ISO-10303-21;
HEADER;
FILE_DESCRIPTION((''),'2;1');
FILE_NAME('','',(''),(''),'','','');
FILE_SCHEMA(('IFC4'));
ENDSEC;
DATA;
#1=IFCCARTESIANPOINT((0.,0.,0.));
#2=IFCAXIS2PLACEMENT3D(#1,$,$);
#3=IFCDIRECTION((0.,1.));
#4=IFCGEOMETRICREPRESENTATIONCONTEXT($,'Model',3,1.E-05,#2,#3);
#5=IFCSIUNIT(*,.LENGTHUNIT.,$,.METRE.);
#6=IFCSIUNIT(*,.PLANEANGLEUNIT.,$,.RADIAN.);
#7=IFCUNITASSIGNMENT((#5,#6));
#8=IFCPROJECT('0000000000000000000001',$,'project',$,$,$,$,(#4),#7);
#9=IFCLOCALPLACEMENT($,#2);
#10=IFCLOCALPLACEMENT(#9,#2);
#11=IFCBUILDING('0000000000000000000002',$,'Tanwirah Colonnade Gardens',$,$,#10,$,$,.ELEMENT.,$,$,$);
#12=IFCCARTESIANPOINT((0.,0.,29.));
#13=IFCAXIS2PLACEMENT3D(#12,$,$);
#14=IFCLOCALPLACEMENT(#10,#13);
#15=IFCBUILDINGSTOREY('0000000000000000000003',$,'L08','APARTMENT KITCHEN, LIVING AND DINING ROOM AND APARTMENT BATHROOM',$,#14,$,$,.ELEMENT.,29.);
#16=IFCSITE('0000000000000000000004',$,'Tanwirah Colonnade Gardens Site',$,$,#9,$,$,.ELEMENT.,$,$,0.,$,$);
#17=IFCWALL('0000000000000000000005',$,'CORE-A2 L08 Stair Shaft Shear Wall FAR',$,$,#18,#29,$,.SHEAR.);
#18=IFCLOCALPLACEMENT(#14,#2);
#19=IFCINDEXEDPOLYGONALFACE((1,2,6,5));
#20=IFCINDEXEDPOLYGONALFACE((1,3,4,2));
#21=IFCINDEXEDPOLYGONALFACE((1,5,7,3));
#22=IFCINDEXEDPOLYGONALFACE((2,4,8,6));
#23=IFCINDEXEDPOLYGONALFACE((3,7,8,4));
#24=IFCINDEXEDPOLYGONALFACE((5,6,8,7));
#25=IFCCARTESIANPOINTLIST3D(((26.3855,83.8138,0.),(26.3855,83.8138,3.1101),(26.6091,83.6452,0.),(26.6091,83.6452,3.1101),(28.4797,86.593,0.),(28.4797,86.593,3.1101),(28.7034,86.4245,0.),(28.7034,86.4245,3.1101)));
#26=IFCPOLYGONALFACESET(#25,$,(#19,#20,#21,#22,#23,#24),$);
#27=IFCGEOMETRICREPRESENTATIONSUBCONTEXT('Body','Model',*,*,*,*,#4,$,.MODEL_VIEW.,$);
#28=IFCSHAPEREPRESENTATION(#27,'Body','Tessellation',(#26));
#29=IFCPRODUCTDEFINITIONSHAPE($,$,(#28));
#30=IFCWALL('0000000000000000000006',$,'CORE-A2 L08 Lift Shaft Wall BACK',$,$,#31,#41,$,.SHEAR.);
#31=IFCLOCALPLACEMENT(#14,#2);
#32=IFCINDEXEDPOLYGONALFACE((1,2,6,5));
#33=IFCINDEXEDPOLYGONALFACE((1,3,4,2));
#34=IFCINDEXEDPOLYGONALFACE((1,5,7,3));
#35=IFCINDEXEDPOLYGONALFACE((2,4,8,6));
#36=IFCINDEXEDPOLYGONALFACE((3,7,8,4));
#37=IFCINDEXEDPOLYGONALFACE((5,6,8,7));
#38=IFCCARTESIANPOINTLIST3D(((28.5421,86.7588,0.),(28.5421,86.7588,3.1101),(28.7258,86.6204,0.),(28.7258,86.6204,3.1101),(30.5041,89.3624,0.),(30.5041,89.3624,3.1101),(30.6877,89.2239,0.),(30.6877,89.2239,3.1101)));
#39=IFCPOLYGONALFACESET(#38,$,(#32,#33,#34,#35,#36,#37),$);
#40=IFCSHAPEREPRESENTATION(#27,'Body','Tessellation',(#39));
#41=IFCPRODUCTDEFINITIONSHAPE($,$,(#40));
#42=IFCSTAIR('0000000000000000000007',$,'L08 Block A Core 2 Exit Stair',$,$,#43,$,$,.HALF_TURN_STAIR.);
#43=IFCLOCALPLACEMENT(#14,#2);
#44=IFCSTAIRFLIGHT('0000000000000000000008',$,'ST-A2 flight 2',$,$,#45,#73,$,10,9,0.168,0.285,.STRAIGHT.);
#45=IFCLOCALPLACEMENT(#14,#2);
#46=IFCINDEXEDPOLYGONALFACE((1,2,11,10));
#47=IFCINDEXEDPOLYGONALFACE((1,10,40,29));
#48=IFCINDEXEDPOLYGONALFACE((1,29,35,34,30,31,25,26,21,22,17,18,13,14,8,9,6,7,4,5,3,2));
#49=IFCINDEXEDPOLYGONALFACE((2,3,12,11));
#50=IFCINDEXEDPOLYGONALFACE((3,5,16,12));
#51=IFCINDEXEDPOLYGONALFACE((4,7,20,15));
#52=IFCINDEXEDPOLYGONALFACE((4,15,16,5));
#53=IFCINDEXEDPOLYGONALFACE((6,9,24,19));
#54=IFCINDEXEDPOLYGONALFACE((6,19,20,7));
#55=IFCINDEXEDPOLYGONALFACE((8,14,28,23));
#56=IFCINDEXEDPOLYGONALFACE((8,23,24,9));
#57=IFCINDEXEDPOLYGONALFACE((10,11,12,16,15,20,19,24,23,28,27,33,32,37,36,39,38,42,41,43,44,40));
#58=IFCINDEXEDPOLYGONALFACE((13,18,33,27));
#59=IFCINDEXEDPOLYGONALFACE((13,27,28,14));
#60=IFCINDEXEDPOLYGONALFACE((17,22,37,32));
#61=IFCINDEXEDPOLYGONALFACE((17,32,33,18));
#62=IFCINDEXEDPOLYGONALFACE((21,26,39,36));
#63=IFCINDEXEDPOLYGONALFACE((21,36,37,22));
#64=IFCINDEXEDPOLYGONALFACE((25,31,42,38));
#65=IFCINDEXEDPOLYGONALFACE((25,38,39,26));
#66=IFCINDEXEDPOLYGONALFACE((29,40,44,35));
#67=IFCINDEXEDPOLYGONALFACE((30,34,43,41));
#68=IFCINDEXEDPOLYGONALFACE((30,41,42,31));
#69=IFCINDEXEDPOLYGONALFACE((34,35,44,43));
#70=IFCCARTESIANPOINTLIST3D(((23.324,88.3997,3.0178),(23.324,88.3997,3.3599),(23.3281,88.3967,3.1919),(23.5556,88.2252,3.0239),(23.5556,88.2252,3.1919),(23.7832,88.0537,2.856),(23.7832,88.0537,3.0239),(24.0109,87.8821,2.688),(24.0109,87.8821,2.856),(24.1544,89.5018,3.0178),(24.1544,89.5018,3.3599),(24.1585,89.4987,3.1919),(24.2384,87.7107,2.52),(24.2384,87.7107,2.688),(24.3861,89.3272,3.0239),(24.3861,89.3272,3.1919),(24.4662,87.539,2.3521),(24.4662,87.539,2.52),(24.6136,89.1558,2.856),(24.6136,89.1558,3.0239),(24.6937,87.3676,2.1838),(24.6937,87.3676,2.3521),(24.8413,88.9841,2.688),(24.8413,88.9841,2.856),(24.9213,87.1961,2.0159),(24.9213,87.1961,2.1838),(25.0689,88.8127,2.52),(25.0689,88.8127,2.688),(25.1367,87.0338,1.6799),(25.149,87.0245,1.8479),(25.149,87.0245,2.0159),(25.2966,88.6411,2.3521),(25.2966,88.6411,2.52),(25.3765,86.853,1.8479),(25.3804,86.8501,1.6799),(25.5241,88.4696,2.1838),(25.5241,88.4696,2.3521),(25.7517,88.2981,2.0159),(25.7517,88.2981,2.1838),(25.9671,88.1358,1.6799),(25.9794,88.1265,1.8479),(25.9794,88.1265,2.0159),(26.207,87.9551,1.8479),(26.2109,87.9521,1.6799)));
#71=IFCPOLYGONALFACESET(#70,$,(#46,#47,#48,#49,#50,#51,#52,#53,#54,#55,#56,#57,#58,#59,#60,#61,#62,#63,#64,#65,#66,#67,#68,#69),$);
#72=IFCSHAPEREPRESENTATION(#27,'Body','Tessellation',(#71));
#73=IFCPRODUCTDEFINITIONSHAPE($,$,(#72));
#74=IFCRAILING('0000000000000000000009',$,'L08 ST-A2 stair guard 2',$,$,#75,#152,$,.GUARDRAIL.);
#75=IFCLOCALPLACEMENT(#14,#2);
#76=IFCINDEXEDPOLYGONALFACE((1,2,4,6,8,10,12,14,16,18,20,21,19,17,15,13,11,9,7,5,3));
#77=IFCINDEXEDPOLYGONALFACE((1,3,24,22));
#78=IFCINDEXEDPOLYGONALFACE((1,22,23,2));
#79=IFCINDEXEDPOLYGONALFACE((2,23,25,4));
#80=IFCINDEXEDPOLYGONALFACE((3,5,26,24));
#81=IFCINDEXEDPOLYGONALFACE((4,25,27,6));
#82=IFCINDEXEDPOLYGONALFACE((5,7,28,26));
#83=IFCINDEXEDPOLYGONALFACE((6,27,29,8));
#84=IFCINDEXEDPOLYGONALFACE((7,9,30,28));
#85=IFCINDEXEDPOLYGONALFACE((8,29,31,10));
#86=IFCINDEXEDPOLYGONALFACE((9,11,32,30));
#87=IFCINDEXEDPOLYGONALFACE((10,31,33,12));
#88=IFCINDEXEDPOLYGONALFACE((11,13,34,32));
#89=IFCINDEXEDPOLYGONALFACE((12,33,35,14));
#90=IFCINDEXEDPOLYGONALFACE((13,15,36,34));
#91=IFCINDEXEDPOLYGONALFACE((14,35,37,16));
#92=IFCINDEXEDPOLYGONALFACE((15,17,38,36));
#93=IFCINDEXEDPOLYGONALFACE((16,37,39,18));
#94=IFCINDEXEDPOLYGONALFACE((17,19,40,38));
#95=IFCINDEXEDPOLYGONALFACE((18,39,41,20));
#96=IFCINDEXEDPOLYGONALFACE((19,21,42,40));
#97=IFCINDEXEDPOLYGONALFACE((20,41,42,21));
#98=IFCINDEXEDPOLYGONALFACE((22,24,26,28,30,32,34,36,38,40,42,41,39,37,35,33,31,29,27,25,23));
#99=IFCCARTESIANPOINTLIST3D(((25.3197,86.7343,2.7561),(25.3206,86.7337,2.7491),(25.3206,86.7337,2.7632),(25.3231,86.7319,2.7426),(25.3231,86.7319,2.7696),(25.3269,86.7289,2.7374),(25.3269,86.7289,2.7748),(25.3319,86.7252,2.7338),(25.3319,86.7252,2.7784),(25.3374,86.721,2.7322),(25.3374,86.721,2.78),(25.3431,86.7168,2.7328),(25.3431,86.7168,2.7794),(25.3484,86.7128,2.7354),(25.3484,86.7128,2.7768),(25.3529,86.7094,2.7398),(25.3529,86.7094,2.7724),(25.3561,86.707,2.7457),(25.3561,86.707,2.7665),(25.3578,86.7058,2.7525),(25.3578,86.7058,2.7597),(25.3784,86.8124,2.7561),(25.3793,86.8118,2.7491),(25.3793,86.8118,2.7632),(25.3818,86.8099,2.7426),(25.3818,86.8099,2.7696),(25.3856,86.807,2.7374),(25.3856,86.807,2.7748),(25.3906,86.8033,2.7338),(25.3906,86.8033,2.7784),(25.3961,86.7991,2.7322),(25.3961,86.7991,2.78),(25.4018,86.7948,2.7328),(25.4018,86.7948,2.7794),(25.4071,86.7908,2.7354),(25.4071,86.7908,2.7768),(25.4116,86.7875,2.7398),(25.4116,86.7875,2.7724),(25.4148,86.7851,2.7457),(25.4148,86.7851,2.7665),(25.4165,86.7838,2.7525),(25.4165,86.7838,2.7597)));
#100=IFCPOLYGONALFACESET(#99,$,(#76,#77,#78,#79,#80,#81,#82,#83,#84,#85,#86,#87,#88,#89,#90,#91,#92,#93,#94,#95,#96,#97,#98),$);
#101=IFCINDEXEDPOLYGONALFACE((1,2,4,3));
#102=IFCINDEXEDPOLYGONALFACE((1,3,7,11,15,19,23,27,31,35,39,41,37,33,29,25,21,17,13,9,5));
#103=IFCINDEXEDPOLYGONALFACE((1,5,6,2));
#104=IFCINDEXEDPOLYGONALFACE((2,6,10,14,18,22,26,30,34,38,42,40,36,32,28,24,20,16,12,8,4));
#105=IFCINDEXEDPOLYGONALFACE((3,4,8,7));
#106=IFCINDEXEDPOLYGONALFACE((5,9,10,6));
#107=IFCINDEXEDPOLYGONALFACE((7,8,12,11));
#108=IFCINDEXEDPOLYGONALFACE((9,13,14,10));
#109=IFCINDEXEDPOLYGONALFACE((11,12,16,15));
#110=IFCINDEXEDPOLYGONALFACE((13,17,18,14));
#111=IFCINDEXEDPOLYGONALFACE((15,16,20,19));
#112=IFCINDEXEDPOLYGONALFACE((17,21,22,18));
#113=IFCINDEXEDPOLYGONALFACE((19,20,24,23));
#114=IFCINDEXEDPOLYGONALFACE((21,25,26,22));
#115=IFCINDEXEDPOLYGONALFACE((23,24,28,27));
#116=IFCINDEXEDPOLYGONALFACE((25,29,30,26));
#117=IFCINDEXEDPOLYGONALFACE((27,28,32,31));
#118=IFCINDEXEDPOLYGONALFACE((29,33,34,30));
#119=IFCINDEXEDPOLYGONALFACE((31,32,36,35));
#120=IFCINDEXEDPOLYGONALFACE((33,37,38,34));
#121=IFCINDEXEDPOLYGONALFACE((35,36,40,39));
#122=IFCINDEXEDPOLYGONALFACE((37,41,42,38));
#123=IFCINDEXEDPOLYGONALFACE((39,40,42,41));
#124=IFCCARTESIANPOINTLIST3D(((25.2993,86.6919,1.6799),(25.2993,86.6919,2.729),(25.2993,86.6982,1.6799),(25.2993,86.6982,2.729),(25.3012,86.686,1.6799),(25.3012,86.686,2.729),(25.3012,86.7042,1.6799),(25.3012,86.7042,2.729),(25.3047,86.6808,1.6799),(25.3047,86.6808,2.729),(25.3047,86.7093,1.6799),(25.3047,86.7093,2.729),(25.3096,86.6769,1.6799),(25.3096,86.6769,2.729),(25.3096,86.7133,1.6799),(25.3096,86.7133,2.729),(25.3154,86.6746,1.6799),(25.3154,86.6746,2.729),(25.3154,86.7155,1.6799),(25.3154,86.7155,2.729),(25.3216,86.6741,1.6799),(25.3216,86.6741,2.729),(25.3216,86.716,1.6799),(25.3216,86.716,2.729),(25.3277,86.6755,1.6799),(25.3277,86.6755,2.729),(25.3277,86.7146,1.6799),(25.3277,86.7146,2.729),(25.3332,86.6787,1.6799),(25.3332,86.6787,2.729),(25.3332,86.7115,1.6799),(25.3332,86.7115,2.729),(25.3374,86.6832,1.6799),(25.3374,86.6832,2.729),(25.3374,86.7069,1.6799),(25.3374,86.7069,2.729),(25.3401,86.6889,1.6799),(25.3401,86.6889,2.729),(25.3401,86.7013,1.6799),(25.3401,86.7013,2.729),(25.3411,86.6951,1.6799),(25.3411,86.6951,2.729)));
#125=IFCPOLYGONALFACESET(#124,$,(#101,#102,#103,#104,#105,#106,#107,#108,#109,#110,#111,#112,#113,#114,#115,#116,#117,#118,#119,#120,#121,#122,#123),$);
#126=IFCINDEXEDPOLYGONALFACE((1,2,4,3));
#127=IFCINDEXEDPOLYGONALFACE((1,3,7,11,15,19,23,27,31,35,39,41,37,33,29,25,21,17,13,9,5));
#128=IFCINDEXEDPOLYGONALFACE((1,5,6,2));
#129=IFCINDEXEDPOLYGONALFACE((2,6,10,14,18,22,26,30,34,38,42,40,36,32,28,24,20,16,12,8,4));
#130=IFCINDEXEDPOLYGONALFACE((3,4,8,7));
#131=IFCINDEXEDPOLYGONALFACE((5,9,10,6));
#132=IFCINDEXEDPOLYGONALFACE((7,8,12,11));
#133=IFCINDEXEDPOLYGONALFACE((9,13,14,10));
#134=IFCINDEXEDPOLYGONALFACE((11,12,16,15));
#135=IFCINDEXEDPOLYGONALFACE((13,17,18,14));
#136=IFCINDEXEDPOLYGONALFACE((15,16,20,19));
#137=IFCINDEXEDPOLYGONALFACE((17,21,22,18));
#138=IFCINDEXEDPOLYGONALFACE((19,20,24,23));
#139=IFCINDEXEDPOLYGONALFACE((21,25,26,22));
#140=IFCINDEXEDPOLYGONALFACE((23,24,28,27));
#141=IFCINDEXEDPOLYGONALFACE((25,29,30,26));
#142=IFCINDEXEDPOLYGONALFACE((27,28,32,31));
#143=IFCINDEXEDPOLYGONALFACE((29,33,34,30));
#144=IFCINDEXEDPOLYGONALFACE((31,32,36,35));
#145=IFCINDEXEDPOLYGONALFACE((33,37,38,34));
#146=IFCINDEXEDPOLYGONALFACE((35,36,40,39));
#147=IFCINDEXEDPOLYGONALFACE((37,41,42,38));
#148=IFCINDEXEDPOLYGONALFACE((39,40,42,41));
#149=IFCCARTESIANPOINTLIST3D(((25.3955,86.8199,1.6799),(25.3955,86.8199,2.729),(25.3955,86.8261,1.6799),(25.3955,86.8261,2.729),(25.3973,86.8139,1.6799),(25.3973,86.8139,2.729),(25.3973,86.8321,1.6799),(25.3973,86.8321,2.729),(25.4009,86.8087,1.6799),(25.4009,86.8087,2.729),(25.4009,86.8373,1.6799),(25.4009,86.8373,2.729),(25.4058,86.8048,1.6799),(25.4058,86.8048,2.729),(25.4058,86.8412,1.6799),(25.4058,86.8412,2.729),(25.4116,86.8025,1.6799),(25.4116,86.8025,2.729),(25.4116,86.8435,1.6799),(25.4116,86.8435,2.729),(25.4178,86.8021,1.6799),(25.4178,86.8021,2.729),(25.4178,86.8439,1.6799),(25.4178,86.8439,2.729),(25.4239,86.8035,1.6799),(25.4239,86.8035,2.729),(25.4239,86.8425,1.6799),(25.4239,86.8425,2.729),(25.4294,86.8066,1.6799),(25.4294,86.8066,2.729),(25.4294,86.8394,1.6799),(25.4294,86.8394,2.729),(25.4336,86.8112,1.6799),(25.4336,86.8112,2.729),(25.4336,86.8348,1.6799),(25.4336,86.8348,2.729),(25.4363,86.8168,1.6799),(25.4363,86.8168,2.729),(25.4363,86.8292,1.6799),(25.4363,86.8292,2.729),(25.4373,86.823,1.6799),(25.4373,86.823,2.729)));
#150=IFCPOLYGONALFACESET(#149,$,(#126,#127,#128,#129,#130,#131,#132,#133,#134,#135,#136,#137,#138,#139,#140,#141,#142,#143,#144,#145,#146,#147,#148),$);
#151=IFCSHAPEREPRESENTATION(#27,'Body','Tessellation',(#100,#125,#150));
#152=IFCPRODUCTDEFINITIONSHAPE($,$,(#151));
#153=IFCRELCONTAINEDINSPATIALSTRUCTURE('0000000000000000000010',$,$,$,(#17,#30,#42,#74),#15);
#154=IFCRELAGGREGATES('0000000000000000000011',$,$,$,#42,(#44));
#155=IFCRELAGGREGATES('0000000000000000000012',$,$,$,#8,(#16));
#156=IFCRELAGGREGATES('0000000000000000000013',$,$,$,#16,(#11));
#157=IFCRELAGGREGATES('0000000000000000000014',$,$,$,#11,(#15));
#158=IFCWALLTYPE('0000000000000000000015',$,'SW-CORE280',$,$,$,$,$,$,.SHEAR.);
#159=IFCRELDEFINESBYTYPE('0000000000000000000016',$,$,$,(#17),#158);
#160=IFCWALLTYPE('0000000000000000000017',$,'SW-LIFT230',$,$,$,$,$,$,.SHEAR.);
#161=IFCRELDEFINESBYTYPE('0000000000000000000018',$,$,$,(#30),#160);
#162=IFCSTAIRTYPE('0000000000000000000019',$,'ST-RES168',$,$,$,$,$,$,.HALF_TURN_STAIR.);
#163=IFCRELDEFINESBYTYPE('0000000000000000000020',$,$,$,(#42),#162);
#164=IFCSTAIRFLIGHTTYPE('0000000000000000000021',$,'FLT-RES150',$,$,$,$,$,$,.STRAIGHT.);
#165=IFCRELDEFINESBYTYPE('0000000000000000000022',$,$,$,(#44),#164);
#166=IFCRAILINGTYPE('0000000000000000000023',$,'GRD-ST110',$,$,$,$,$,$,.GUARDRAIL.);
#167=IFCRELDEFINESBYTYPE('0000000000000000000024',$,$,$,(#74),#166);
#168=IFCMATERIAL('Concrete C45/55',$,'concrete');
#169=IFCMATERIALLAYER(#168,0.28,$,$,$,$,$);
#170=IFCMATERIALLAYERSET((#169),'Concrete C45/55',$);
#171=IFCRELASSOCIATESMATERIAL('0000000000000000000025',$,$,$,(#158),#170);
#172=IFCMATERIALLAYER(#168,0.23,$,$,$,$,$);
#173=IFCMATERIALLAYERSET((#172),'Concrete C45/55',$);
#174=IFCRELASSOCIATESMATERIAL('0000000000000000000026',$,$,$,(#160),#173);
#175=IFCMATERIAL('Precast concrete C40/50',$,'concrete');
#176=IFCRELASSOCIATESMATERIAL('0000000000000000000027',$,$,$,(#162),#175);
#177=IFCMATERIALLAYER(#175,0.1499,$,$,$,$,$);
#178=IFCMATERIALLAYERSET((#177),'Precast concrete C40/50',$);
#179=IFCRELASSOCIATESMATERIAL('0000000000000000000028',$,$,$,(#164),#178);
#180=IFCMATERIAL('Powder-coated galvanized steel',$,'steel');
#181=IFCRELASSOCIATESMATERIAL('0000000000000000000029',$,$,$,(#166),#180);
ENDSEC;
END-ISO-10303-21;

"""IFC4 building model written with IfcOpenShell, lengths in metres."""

from ifc_helpers import new_model, si_unit, direction, frame, frame_2d, origin, origin_2d, place, context, subcontext, project, spatial, polyline, rectangle, circle, outline, extrude, material, layer, layer_set, type_object, element, aggregate, save


model = new_model("IFC4")

# Units and contexts
model_context = context("Model", 3, precision=1e-05, world=origin(), true_north=direction((0.0, 1.0)))
body_context = subcontext(model_context, "Body", "Model", "MODEL_VIEW")
ifc_project = project(units=[si_unit("LENGTHUNIT", "METRE"), si_unit("PLANEANGLEUNIT", "RADIAN")], contexts=[model_context])

# Site, building, storey
site_placement = place(None, origin())
site = spatial("IfcSite", under=ifc_project, at=site_placement, Name="Tanwirah Colonnade Gardens Site", CompositionType="ELEMENT", RefElevation=0.0)
building_placement = place(site_placement, origin())
building = spatial("IfcBuilding", under=site, at=building_placement, Name="Tanwirah Colonnade Gardens", CompositionType="ELEMENT")
storey_placement = place(building_placement, frame((0.0, 0.0, 29.0)))
storey = spatial("IfcBuildingStorey", under=building, at=storey_placement, Name="L08", Description="APARTMENT KITCHEN, LIVING AND DINING ROOM AND APARTMENT BATHROOM", CompositionType="ELEMENT", Elevation=29.0)

# Shared definitions
ifc_material_1 = material(Name="Precast concrete C40/50", Category="concrete")

# Walls
ifc_material_2 = material(Name="Concrete C45/55", Category="concrete")
ifc_layer_1 = layer(ifc_material_2, 0.28)
ifc_layer_set_1 = layer_set([ifc_layer_1], Name="Concrete C45/55")
wall_type_1 = type_object("IfcWallType", Name="SW-CORE280", PredefinedType="SHEAR", material=ifc_layer_set_1)
wall_1_placement = place(storey_placement, frame((26.4973, 83.7295, 0.0), z_axis=(0.0, 0.0, 1.0), x_axis=(0.601794, 0.798651, 0.0)))
element("IfcWall", 1, at=wall_1_placement, inside=storey, type_object=wall_type_1, Name="CORE-A2 L08 Stair Shaft Shear Wall FAR", PredefinedType="SHEAR", context=body_context, shape_type="SweptSolid", body=[
    extrude(rectangle(XDim=3.48, YDim=0.28, at=frame_2d((1.74, 0.0))), origin(), (0.0, 0.0, 1.0), 3.1101),
])
ifc_layer_2 = layer(ifc_material_2, 0.23)
ifc_layer_set_2 = layer_set([ifc_layer_2], Name="Concrete C45/55")
wall_type_2 = type_object("IfcWallType", Name="SW-LIFT230", PredefinedType="SHEAR", material=ifc_layer_set_2)
wall_2_placement = place(storey_placement, frame((28.634, 86.6897, 0.0), z_axis=(0.0, 0.0, 1.0), x_axis=(0.60182, 0.798632, 0.0)))
element("IfcWall", 2, at=wall_2_placement, inside=storey, type_object=wall_type_2, Name="CORE-A2 L08 Lift Shaft Wall BACK", PredefinedType="SHEAR", context=body_context, shape_type="SweptSolid", body=[
    extrude(rectangle(XDim=3.26, YDim=0.23, at=frame_2d((1.6299, 0.0))), origin(), (0.0, 0.0, 1.0), 3.1101),
])

# Stair, stair flight
stair_type = type_object("IfcStairType", Name="ST-RES168", PredefinedType="HALF_TURN_STAIR", material=ifc_material_1)
stair_placement = place(storey_placement, origin())
stair = element("IfcStair", 3, at=stair_placement, inside=storey, type_object=stair_type, Name="L08 Block A Core 2 Exit Stair", PredefinedType="HALF_TURN_STAIR")
ifc_layer_3 = layer(ifc_material_1, 0.1499)
ifc_layer_set_3 = layer_set([ifc_layer_3], Name="Precast concrete C40/50")
stair_flight_type = type_object("IfcStairFlightType", Name="FLT-RES150", PredefinedType="STRAIGHT", material=ifc_layer_set_3)
stair_flight_placement = place(storey_placement, frame((25.7917, 87.4041, 1.6799), z_axis=(0.0, 0.0, 1.0), x_axis=(-0.798636, 0.601815, 0.0)))
stair_flight = element("IfcStairFlight", 4, at=stair_flight_placement, type_object=stair_flight_type, Name="ST-A2 flight 2", NumberOfRisers=10, NumberOfTreads=9, PredefinedType="STRAIGHT", RiserHeight=0.168, TreadLength=0.285, context=body_context, shape_type="SweptSolid", body=[
    extrude(outline(polyline([(-0.0049, 0.0), (0.0, 0.168), (0.2849, 0.168), (0.2849, 0.3359), (0.5701, 0.3359), (0.5701, 0.5039), (0.855, 0.5039), (0.855, 0.6721), (1.1399, 0.6721), (1.1399, 0.8401), (1.425, 0.8401), (1.425, 1.0081), (1.71, 1.0081), (1.71, 1.176), (1.9951, 1.176), (1.9951, 1.344), (2.28, 1.344), (2.28, 1.512), (2.5649, 1.512), (2.5701, 1.6799), (2.5701, 1.3379), (0.3003, 0.0), (-0.0049, 0.0)])), frame((0.0, 0.6899, 0.0), z_axis=(0.0, -1.0, 0.0), x_axis=(1.0, 0.0, 0.0)), (0.0, 0.0, 1.0), 1.3799),
])
aggregate(stair, [stair_flight])

# Railing
ifc_material_3 = material(Name="Powder-coated galvanized steel", Category="steel")
railing_type_1 = type_object("IfcRailingType", Name="GRD-ST110", PredefinedType="GUARDRAIL", material=ifc_material_3)
railing_1_placement = place(storey_placement, frame((25.3201, 86.6951, 1.6799)))
element("IfcRailing", 5, at=railing_1_placement, inside=storey, type_object=railing_type_1, Name="L08 ST-A2 stair guard 2", PredefinedType="GUARDRAIL", context=body_context, shape_type="SweptSolid", body=[
    extrude(circle(Radius=0.0239, at=origin_2d()), frame((0.0188, 0.0249, 1.0762), z_axis=(0.600976, 0.799267, 0.0), x_axis=(-0.799267, 0.600976, 0.0)), (0.0, 0.0, 1.0), 0.0977),
    extrude(circle(Radius=0.021, at=origin_2d()), origin(), (0.0, 0.0, 1.0), 1.0491),
    extrude(circle(Radius=0.021, at=origin_2d()), frame((0.0962, 0.1279, 0.0)), (0.0, 0.0, 1.0), 1.0491),
])

save(model, "model.ifc")
